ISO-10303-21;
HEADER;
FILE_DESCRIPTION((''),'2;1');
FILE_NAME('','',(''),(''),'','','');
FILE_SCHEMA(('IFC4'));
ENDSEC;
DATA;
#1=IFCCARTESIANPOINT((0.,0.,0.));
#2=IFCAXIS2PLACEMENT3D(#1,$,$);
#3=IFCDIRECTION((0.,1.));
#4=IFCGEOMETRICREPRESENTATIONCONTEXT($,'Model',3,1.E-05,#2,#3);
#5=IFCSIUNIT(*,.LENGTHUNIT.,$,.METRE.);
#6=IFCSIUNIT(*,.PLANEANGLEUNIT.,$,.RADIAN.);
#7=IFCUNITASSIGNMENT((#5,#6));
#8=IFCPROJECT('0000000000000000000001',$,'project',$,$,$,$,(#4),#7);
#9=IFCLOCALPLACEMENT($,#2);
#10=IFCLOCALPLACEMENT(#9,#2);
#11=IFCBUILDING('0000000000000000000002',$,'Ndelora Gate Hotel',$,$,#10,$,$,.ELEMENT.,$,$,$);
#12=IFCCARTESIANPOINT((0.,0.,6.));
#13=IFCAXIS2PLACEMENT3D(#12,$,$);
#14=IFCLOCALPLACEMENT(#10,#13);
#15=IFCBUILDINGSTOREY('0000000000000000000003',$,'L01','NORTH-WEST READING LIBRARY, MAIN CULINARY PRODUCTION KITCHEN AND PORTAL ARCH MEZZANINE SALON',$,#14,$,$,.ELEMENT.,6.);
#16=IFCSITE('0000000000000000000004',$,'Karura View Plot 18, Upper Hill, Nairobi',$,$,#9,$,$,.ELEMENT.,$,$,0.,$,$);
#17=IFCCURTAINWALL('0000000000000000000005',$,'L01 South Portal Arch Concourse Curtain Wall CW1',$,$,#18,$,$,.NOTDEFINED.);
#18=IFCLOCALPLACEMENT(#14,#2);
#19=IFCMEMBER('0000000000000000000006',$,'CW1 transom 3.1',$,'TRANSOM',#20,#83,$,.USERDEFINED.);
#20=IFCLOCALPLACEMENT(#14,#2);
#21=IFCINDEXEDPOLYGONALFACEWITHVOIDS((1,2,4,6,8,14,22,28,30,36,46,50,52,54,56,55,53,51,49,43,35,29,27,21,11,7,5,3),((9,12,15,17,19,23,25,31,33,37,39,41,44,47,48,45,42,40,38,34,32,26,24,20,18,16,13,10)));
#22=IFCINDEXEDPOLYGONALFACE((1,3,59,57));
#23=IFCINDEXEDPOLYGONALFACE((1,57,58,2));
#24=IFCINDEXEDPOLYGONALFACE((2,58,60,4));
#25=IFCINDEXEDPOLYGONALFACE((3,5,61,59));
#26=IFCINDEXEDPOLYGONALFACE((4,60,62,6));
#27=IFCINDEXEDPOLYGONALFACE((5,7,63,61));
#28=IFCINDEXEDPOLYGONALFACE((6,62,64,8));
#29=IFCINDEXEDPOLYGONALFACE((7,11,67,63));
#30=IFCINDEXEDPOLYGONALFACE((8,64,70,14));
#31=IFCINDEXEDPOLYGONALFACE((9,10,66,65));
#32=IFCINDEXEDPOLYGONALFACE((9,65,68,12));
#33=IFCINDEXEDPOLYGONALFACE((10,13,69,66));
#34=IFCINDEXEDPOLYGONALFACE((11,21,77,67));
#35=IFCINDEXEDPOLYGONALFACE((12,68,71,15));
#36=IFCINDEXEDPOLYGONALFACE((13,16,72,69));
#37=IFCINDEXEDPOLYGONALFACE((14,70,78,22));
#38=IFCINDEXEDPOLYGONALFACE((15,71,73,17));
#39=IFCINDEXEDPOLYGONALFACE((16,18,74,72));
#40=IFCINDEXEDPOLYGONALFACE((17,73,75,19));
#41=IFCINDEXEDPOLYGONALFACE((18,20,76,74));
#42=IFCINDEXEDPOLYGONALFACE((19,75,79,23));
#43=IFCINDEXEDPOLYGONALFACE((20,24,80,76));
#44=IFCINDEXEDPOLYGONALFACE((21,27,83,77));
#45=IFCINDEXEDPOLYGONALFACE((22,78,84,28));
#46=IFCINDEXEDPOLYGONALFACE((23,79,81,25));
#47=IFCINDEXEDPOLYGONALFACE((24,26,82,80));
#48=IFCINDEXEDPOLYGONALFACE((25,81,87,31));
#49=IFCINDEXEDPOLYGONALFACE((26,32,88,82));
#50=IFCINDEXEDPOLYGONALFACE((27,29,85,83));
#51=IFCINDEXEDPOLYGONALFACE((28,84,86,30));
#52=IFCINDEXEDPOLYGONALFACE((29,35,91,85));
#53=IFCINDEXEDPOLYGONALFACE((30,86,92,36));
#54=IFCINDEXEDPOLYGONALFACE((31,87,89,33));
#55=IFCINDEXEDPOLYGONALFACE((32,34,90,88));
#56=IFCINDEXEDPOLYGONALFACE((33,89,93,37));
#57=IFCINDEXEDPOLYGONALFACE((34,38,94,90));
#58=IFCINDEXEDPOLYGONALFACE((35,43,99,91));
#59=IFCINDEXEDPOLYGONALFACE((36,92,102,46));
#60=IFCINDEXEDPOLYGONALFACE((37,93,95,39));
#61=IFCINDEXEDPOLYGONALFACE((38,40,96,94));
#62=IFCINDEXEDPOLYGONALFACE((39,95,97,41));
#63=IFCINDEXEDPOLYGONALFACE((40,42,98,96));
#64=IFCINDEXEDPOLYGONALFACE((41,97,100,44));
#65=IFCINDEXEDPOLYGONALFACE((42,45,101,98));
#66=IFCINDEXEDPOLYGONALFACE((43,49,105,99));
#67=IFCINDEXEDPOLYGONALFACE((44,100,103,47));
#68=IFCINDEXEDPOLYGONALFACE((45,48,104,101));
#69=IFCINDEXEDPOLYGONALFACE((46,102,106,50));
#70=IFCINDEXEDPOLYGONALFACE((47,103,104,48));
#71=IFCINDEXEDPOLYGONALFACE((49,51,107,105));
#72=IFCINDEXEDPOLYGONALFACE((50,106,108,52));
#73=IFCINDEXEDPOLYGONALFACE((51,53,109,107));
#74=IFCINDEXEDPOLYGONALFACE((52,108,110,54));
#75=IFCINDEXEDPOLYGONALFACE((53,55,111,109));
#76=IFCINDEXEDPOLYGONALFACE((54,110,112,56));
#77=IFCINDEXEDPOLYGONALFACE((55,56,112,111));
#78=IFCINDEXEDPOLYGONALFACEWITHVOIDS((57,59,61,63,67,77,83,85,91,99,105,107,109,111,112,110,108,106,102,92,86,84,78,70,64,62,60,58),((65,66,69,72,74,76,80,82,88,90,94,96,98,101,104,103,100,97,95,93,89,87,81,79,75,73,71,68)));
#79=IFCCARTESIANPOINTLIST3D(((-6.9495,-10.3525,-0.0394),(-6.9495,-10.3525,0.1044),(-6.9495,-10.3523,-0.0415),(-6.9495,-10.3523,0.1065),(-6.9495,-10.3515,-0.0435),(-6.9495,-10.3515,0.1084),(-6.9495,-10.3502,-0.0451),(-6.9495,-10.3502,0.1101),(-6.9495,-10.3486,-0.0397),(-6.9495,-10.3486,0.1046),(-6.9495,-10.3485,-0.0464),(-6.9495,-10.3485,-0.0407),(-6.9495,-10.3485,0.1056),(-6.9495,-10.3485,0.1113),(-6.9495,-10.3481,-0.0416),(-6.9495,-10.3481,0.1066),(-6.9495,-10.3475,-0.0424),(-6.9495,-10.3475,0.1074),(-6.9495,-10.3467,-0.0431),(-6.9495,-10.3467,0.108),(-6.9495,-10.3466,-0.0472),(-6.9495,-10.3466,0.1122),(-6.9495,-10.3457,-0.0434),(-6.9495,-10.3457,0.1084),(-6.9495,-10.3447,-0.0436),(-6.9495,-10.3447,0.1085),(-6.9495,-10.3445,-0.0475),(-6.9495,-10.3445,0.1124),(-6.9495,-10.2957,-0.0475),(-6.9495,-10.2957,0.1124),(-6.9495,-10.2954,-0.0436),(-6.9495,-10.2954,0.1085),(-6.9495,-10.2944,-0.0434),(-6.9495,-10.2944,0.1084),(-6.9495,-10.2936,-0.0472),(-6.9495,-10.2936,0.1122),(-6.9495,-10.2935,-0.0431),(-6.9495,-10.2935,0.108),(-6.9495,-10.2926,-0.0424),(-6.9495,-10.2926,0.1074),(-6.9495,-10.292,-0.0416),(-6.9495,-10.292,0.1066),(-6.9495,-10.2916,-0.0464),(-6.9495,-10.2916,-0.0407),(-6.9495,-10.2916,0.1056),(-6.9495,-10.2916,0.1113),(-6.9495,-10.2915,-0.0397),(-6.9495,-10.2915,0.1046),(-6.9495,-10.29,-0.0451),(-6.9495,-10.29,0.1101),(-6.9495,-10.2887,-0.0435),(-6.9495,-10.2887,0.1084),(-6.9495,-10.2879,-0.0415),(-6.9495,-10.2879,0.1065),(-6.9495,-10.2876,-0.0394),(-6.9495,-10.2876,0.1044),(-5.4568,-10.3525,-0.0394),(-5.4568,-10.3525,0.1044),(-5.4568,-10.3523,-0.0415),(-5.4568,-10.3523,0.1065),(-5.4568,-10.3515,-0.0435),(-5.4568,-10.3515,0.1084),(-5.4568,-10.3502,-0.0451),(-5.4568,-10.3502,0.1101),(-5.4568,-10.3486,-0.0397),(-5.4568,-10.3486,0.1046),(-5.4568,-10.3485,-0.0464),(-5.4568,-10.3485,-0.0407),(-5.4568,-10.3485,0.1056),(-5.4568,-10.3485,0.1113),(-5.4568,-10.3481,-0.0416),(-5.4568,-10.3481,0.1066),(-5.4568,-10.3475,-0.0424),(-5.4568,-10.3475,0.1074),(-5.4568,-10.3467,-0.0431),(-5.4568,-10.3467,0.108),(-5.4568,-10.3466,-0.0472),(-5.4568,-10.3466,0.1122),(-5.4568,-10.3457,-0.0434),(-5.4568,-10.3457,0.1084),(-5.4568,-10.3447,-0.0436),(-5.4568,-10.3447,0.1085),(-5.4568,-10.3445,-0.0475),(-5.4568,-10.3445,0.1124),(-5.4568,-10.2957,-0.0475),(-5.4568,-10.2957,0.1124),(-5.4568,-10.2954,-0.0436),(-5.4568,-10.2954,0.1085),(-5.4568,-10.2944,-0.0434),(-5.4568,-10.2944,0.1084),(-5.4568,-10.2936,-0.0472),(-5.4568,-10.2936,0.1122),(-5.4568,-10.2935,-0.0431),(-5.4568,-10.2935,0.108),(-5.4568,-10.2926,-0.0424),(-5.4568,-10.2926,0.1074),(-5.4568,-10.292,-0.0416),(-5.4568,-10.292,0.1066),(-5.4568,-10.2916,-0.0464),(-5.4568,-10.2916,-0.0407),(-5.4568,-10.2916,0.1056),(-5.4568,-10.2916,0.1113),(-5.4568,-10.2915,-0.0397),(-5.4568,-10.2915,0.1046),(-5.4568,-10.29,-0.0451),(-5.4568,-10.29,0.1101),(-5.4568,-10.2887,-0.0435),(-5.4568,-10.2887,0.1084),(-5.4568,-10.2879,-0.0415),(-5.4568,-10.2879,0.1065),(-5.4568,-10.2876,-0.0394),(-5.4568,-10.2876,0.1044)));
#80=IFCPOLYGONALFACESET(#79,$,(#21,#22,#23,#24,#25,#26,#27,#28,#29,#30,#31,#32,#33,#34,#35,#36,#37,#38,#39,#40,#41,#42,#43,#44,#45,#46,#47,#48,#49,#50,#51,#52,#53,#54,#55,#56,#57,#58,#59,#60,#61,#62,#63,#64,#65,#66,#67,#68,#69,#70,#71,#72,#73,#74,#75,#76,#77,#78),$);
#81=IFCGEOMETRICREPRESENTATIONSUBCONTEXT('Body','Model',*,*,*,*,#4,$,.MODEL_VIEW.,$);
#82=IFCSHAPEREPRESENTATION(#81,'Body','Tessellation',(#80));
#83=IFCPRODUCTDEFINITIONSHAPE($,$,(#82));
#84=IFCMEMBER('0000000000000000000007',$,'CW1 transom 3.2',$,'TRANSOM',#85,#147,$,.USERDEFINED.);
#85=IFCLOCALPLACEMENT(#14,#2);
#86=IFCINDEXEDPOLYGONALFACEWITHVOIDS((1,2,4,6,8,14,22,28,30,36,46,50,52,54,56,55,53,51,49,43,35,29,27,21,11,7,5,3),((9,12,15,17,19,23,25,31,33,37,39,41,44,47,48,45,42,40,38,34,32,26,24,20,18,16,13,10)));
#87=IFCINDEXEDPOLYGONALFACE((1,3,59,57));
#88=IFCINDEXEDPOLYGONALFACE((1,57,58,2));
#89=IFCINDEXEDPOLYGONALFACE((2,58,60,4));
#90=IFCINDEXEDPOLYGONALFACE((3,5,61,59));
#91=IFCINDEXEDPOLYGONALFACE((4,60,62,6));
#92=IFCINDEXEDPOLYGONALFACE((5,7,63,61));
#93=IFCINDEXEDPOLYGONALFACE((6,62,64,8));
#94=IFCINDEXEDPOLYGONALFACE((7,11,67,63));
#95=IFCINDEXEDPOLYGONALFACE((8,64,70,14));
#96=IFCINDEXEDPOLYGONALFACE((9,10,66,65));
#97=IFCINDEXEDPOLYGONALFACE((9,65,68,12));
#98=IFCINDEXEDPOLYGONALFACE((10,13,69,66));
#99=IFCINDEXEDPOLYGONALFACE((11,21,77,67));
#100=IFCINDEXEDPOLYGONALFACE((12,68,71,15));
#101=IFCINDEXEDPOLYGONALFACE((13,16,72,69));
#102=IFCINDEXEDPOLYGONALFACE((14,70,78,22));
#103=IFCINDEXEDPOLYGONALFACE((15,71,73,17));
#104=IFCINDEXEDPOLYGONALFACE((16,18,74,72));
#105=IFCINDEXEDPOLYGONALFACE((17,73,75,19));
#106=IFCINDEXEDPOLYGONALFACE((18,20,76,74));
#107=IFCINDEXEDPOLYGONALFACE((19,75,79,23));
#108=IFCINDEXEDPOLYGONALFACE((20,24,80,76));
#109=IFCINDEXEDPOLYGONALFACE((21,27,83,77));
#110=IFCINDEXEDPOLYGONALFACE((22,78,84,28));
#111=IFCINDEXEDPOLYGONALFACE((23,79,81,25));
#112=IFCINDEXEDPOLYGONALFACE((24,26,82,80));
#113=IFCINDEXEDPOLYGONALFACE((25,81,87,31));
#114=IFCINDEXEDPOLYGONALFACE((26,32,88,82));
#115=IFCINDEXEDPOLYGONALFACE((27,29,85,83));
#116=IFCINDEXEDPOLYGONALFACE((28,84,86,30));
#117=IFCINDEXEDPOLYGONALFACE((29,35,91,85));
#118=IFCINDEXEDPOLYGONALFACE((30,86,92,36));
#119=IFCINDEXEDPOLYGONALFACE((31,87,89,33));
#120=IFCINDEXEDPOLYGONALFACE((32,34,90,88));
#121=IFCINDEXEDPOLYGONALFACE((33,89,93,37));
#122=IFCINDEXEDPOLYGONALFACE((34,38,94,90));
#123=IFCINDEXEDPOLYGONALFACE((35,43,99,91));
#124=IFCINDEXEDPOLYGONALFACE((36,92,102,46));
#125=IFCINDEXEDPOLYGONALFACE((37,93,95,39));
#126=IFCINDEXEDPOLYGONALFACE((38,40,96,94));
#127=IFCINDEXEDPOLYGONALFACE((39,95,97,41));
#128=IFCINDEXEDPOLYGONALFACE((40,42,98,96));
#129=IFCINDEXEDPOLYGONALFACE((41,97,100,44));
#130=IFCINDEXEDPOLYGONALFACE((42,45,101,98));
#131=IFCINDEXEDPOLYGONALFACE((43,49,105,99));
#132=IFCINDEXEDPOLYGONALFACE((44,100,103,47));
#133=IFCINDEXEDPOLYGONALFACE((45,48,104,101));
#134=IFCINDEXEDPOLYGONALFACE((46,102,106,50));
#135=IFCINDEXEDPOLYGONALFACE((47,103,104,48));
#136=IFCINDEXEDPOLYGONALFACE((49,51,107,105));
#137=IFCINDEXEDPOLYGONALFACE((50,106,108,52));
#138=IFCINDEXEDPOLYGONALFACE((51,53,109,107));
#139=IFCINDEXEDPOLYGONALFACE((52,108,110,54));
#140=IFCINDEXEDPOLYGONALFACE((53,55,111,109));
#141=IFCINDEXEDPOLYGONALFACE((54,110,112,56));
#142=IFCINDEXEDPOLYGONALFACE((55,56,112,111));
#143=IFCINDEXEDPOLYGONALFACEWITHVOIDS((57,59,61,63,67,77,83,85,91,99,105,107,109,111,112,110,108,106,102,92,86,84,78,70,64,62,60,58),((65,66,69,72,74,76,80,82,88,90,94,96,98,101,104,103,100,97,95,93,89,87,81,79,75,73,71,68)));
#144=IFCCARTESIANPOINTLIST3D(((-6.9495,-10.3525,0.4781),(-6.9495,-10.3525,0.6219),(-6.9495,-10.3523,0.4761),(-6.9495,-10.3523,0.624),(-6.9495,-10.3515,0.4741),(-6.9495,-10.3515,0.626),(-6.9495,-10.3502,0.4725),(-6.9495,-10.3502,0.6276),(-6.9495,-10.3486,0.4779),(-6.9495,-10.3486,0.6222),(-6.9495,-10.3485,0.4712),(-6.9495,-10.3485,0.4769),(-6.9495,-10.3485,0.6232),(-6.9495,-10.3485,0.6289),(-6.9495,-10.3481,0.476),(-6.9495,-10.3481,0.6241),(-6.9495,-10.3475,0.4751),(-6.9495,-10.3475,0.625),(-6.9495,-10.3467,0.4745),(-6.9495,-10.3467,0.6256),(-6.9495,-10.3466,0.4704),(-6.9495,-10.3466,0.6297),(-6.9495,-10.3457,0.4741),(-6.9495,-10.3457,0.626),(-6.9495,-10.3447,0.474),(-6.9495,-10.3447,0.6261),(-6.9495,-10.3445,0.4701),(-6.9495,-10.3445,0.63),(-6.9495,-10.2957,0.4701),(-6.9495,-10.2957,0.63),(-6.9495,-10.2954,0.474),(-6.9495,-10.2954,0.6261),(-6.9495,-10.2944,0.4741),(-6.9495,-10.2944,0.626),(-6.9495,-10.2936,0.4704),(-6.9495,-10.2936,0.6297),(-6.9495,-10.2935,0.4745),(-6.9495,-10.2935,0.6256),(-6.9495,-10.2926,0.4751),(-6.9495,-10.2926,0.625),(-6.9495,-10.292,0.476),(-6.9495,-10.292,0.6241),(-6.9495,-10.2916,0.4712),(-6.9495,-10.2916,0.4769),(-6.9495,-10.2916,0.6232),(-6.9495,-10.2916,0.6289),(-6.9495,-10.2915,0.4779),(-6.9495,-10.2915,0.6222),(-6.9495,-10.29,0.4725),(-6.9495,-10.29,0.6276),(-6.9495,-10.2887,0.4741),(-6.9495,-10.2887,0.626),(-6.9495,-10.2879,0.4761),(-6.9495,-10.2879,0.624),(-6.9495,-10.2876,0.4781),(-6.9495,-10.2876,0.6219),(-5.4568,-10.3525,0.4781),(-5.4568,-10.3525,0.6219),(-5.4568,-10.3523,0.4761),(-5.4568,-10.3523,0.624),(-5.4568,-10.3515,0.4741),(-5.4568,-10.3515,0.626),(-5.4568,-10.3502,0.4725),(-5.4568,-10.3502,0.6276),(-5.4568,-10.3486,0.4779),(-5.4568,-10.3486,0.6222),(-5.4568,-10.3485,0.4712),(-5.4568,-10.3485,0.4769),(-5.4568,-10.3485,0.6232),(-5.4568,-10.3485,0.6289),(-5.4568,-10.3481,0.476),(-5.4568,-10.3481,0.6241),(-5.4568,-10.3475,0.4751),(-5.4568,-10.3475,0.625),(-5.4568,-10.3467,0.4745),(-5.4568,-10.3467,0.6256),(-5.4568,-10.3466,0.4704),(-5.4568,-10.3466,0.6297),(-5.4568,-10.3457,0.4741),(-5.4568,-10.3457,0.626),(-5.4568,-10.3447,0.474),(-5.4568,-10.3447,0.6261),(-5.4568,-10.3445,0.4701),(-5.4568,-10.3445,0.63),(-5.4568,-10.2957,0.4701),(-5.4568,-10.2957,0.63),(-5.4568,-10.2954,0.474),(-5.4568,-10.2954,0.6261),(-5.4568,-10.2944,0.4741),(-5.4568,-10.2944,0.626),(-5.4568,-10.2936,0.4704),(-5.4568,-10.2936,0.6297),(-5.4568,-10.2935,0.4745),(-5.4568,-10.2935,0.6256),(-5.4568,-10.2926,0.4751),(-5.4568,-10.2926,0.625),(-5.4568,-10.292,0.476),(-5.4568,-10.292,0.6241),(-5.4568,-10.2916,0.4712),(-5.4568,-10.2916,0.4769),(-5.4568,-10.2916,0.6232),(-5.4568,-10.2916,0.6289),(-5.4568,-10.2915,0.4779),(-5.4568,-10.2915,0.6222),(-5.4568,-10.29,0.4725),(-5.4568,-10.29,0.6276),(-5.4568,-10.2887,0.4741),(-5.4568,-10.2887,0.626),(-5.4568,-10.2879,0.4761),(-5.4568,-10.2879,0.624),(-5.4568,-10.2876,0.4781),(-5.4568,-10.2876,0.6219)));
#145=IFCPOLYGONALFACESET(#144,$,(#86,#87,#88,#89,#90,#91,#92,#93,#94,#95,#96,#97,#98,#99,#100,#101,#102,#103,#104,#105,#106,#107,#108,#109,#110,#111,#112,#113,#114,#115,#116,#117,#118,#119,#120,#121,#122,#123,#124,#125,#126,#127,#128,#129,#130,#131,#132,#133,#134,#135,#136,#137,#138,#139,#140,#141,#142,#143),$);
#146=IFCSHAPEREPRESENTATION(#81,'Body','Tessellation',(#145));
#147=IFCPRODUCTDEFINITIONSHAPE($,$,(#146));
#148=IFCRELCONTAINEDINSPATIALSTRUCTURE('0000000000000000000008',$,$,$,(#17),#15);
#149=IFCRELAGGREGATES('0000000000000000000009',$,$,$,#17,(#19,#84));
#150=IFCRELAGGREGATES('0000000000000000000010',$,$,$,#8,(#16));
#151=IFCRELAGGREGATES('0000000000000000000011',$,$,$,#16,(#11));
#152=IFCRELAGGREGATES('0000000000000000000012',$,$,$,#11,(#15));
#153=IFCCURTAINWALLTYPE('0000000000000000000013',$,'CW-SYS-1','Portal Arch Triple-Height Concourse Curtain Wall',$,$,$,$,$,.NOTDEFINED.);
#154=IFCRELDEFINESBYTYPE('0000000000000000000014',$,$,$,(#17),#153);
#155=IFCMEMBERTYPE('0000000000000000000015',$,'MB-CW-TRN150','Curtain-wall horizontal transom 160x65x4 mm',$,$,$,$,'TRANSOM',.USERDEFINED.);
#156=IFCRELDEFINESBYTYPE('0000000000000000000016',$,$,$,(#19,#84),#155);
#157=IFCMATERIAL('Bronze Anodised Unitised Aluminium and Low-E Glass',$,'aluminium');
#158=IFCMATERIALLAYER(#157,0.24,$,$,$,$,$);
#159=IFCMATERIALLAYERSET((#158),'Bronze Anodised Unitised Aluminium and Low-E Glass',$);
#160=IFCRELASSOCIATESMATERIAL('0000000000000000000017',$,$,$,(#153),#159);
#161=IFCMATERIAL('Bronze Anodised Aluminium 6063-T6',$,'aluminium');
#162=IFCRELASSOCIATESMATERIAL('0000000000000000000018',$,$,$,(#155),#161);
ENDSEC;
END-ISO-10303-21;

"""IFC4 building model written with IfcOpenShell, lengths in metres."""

from ifc_helpers import new_model, si_unit, direction, frame, origin, origin_2d, place, context, subcontext, project, spatial, hollow_rectangle, extrude, material, layer, layer_set, material_profile, profile_set, type_object, element, aggregate, save


model = new_model("IFC4")

# Units and contexts
model_context = context("Model", 3, precision=1e-05, world=origin(), true_north=direction((0.0, 1.0)))
body_context = subcontext(model_context, "Body", "Model", "MODEL_VIEW")
ifc_project = project(units=[si_unit("LENGTHUNIT", "METRE"), si_unit("PLANEANGLEUNIT", "RADIAN")], contexts=[model_context])

# Site, building, storey
site_placement = place(None, origin())
site = spatial("IfcSite", under=ifc_project, at=site_placement, Name="Karura View Plot 18, Upper Hill, Nairobi", CompositionType="ELEMENT", RefElevation=0.0)
building_placement = place(site_placement, origin())
building = spatial("IfcBuilding", under=site, at=building_placement, Name="Ndelora Gate Hotel", CompositionType="ELEMENT")
storey_placement = place(building_placement, frame((0.0, 0.0, 6.0)))
storey = spatial("IfcBuildingStorey", under=building, at=storey_placement, Name="L01", Description="NORTH-WEST READING LIBRARY, MAIN CULINARY PRODUCTION KITCHEN AND PORTAL ARCH MEZZANINE SALON", CompositionType="ELEMENT", Elevation=6.0)

# Curtain wall, members
ifc_material_1 = material(Name="Bronze Anodised Unitised Aluminium and Low-E Glass", Category="aluminium")
ifc_layer_1 = layer(ifc_material_1, 0.24)
ifc_layer_set_1 = layer_set([ifc_layer_1], Name="Bronze Anodised Unitised Aluminium and Low-E Glass")
curtain_wall_type = type_object("IfcCurtainWallType", Name="CW-SYS-1", Description="Portal Arch Triple-Height Concourse Curtain Wall", PredefinedType="NOTDEFINED", material=ifc_layer_set_1)
curtain_wall_placement = place(storey_placement, origin())
curtain_wall = element("IfcCurtainWall", 1, at=curtain_wall_placement, inside=storey, type_object=curtain_wall_type, Name="L01 South Portal Arch Concourse Curtain Wall CW1", PredefinedType="NOTDEFINED")
ifc_material_2 = material(Name="Bronze Anodised Aluminium 6063-T6", Category="aluminium")
ifc_material_profile_1 = material_profile(ifc_material_2, hollow_rectangle(XDim=0.0649, YDim=0.1599, WallThickness=0.0039, InnerFilletRadius=0.0039, OuterFilletRadius=0.0081, at=origin_2d()), Name="ALU 160x65x4")
ifc_profile_set_1 = profile_set([ifc_material_profile_1], Name="Bronze Anodised Aluminium 6063-T6")
member_type_1 = type_object("IfcMemberType", Name="MB-CW-TRN150", Description="Curtain-wall horizontal transom 160x65x4 mm", ElementType="TRANSOM", PredefinedType="USERDEFINED", material=ifc_profile_set_1)
member_1_placement = place(storey_placement, frame((-6.9495, -10.3201, 0.0325), z_axis=(1.0, 0.0, 0.0), x_axis=(0.0, 1.0, 0.0)))
member_1 = element("IfcMember", 2, at=member_1_placement, type_object=member_type_1, Name="CW1 transom 3.1", ObjectType="TRANSOM", PredefinedType="USERDEFINED", context=body_context, shape_type="SweptSolid", body=[
    extrude(hollow_rectangle(XDim=0.0649, YDim=0.1599, WallThickness=0.0039, InnerFilletRadius=0.0039, OuterFilletRadius=0.0081, at=origin_2d()), origin(), (0.0, 0.0, 1.0), 1.4927),
])
member_2_placement = place(storey_placement, frame((-6.9495, -10.3201, 0.55), z_axis=(1.0, 0.0, 0.0), x_axis=(0.0, 1.0, 0.0)))
member_2 = element("IfcMember", 3, at=member_2_placement, type_object=member_type_1, Name="CW1 transom 3.2", ObjectType="TRANSOM", PredefinedType="USERDEFINED", context=body_context, shape_type="SweptSolid", body=[
    extrude(hollow_rectangle(XDim=0.0649, YDim=0.1599, WallThickness=0.0039, InnerFilletRadius=0.0039, OuterFilletRadius=0.0081, at=origin_2d()), origin(), (0.0, 0.0, 1.0), 1.4927),
])
aggregate(curtain_wall, [member_1, member_2])

save(model, "model.ifc")
